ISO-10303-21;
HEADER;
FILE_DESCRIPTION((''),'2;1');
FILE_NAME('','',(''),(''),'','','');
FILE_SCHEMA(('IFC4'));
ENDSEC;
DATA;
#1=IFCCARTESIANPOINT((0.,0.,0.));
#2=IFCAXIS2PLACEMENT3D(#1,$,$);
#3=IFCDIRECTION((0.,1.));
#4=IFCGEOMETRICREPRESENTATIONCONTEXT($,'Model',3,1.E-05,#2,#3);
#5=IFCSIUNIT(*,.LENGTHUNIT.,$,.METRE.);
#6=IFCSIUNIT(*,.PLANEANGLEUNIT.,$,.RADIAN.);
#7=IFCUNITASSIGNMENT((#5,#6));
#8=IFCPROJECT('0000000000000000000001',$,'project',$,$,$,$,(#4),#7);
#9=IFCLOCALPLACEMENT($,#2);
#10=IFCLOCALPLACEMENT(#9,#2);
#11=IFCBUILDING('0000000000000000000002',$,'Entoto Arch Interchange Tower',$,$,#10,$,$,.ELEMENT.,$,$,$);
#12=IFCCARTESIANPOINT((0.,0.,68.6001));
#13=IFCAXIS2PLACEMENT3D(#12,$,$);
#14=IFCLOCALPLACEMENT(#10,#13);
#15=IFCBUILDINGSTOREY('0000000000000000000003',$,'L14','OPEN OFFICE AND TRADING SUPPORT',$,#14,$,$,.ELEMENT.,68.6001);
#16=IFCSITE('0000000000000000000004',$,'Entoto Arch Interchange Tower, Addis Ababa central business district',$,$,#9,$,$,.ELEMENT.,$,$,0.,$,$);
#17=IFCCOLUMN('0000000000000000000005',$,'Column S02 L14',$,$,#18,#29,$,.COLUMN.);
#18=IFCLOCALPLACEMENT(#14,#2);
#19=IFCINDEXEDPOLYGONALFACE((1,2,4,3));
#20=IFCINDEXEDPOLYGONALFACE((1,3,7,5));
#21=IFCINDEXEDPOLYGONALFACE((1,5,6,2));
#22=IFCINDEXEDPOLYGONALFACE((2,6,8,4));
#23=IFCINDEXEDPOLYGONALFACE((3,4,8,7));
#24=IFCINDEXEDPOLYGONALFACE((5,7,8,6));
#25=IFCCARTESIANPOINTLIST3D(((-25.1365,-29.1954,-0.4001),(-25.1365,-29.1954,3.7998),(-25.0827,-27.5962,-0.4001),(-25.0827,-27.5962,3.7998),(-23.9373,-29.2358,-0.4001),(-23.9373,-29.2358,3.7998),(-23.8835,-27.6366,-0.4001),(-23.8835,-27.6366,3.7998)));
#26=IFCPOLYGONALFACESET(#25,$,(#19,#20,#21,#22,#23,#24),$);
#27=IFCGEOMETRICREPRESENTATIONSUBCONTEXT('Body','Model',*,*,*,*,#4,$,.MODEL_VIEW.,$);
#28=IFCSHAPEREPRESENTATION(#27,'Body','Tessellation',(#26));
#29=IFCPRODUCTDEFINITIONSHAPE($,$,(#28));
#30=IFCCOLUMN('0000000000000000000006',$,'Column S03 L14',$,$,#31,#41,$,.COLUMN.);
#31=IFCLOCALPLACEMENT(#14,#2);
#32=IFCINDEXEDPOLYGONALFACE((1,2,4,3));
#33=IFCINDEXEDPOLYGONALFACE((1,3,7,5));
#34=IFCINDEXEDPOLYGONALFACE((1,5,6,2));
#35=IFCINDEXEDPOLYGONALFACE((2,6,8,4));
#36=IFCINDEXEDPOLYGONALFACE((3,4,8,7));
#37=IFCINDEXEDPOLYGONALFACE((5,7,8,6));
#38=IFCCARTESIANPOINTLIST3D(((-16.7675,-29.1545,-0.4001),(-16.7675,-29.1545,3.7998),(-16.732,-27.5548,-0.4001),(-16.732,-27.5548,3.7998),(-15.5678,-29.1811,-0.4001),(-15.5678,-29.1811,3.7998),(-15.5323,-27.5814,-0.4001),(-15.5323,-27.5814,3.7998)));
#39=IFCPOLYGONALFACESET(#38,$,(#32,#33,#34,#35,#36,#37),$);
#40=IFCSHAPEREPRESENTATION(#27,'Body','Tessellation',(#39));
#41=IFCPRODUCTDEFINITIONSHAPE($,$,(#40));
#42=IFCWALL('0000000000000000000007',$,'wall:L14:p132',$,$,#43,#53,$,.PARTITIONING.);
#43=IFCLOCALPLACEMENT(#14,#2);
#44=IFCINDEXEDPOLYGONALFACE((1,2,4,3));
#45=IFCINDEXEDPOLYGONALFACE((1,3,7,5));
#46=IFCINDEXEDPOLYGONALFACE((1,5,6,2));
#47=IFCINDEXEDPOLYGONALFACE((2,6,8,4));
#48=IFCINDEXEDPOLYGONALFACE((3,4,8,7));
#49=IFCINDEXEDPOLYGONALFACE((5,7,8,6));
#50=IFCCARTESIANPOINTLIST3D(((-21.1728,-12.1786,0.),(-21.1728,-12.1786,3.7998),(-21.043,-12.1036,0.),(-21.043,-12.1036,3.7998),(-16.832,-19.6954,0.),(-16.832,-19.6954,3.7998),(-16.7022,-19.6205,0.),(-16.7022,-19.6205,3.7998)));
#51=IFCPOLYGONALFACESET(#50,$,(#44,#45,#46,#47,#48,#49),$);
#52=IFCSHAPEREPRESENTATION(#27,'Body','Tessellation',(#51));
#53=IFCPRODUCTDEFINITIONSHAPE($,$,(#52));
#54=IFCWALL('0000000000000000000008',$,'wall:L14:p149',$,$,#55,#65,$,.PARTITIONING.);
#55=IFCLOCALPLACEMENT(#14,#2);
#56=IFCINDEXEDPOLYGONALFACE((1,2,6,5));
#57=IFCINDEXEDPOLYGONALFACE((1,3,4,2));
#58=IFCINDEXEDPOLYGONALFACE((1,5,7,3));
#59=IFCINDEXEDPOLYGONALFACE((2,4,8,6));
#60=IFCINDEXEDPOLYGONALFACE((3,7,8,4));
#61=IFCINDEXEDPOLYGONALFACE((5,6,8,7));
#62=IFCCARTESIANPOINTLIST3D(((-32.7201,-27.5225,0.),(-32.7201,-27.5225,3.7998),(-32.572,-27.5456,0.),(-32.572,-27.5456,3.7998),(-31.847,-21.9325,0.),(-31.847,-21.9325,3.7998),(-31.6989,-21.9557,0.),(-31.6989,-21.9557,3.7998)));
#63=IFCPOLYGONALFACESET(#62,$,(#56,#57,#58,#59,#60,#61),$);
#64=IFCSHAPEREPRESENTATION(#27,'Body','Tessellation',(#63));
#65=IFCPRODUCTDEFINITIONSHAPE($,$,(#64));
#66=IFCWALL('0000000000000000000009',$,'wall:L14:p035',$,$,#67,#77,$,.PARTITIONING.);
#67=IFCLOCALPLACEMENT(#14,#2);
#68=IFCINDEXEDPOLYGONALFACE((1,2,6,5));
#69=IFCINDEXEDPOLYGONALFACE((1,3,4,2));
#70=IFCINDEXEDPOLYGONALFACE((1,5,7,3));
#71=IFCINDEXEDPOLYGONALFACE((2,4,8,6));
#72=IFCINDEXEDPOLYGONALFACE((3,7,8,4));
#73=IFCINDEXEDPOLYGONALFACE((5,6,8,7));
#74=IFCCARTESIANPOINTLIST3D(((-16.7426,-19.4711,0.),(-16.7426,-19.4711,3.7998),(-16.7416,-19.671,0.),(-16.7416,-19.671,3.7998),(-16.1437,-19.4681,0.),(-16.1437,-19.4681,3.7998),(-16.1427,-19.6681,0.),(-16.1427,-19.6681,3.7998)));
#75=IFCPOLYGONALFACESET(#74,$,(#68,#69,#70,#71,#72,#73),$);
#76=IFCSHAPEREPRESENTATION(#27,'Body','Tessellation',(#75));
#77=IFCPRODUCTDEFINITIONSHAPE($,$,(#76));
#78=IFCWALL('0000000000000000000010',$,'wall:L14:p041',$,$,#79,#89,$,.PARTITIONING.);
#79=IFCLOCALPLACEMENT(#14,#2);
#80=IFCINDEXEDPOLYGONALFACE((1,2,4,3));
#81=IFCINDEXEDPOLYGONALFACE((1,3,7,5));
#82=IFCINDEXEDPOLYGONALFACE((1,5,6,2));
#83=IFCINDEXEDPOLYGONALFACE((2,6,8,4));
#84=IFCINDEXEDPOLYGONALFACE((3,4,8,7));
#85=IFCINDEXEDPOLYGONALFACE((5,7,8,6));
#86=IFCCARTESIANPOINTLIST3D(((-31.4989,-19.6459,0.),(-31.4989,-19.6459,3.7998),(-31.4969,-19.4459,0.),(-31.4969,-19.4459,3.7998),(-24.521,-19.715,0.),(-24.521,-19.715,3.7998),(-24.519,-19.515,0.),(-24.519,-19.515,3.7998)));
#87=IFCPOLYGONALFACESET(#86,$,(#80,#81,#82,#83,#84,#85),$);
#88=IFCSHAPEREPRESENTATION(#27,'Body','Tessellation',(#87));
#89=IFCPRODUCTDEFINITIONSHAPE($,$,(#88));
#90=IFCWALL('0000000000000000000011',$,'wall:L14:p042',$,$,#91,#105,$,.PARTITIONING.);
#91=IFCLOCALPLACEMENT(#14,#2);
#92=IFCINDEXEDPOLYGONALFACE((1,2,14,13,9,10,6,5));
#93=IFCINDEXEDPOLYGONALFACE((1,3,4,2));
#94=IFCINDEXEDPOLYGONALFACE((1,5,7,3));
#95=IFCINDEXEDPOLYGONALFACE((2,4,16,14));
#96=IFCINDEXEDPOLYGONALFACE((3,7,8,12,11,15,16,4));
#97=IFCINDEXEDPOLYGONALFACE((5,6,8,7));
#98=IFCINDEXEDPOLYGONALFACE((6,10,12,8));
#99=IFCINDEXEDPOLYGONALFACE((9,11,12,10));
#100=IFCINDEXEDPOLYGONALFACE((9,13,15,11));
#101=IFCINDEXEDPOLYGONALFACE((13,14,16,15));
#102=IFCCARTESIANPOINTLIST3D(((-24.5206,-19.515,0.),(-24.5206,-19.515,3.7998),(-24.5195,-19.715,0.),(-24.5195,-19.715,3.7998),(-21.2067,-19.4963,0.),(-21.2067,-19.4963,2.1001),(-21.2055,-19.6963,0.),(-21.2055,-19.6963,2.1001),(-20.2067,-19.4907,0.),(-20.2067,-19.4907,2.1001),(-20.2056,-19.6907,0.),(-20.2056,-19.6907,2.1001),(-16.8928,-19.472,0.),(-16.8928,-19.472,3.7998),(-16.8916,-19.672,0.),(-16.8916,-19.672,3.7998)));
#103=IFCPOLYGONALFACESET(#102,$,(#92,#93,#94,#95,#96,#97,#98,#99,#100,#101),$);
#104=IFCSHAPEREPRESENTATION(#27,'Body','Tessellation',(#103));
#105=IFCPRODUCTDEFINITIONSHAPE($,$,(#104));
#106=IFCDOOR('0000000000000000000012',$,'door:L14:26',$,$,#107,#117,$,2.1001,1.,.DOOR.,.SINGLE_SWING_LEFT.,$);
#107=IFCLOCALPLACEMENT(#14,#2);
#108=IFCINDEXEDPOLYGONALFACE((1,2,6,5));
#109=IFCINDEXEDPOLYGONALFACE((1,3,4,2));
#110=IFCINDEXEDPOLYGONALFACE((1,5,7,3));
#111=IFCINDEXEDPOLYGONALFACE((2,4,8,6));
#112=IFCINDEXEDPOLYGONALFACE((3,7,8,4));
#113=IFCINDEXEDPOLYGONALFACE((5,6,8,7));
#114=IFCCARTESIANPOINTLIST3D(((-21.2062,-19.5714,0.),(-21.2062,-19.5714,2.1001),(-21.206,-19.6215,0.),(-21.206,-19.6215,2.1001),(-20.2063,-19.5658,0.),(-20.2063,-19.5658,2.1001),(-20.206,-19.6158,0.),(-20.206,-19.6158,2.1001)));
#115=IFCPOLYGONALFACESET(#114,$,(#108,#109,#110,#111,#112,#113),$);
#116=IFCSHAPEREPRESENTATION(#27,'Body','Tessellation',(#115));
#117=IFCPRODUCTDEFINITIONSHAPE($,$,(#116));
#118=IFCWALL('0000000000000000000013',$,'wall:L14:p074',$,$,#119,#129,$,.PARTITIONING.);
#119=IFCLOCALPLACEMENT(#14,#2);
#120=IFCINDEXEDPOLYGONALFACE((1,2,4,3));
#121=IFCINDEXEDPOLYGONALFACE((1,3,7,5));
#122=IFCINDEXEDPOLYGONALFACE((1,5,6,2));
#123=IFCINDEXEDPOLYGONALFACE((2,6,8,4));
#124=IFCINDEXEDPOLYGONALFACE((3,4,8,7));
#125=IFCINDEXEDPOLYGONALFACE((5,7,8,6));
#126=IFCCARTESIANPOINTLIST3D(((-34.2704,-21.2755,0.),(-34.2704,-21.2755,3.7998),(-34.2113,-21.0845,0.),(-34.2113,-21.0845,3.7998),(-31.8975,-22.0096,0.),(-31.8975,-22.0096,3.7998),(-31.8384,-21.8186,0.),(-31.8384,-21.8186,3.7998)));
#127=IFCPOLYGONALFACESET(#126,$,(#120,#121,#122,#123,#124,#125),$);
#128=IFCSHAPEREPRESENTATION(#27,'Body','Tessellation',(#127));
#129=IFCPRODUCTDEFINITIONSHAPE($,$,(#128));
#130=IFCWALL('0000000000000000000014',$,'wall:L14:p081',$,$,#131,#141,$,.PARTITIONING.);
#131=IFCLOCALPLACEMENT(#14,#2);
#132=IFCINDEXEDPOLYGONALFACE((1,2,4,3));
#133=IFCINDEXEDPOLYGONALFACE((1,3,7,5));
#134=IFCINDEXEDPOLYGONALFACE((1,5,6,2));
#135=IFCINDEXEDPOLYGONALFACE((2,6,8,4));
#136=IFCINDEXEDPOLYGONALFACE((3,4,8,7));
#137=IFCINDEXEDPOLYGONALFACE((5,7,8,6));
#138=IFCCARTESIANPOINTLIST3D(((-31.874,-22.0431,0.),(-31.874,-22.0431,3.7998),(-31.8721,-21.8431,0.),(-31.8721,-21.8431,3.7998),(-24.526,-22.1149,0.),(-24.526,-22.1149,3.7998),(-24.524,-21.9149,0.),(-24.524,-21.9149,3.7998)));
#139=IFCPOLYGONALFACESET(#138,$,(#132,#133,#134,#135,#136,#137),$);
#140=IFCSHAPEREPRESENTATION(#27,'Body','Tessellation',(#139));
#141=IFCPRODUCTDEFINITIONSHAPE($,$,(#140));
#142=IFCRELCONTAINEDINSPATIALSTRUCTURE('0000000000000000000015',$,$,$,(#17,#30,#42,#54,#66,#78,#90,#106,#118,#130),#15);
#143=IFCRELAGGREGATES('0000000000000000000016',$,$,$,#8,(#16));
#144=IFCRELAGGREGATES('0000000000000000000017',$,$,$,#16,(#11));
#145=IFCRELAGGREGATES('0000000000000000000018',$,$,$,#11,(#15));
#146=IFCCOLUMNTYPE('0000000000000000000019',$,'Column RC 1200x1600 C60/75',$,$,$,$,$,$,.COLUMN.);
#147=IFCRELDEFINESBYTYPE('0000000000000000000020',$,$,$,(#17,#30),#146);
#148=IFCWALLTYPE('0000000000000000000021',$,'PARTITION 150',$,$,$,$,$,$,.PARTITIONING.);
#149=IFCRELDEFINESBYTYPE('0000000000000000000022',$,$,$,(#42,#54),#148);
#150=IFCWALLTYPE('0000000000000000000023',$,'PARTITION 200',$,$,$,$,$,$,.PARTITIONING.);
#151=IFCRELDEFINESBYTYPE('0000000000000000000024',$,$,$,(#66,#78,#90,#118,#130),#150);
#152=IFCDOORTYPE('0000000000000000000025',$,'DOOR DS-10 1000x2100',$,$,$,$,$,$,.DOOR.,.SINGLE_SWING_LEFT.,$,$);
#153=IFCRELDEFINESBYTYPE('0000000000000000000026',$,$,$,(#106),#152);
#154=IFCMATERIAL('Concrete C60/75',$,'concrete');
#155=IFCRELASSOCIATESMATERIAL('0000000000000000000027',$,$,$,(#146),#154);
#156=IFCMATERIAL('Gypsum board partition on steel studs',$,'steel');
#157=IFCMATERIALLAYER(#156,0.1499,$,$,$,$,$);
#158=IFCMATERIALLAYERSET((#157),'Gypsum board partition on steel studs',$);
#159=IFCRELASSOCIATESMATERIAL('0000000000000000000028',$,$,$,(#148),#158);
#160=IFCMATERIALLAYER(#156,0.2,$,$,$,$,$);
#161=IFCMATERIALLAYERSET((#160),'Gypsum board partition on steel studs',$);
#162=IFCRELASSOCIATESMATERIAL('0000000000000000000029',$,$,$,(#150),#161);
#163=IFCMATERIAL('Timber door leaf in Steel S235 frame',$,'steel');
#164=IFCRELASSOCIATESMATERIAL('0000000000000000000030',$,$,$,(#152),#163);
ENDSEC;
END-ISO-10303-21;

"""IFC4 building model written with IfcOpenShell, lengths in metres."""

from ifc_helpers import new_model, si_unit, direction, frame, frame_2d, origin, origin_2d, place, context, subcontext, project, spatial, rectangle, extrude, material, layer, layer_set, material_profile, profile_set, type_object, element, fill, save


model = new_model("IFC4")

# Units and contexts
model_context = context("Model", 3, precision=1e-05, world=origin(), true_north=direction((0.0, 1.0)))
body_context = subcontext(model_context, "Body", "Model", "MODEL_VIEW")
ifc_project = project(units=[si_unit("LENGTHUNIT", "METRE"), si_unit("PLANEANGLEUNIT", "RADIAN")], contexts=[model_context])

# Site, building, storey
site_placement = place(None, origin())
site = spatial("IfcSite", under=ifc_project, at=site_placement, Name="Entoto Arch Interchange Tower, Addis Ababa central business district", CompositionType="ELEMENT", RefElevation=0.0)
building_placement = place(site_placement, origin())
building = spatial("IfcBuilding", under=site, at=building_placement, Name="Entoto Arch Interchange Tower", CompositionType="ELEMENT")
storey_placement = place(building_placement, frame((0.0, 0.0, 68.6001)))
storey = spatial("IfcBuildingStorey", under=building, at=storey_placement, Name="L14", Description="OPEN OFFICE AND TRADING SUPPORT", CompositionType="ELEMENT", Elevation=68.6001)

# Columns
ifc_material_1 = material(Name="Concrete C60/75", Category="concrete")
ifc_material_profile = material_profile(ifc_material_1, rectangle(XDim=1.2, YDim=1.6001, at=origin_2d()))
ifc_profile_set = profile_set([ifc_material_profile], Name="Concrete C60/75")
column_type = type_object("IfcColumnType", Name="Column RC 1200x1600 C60/75", PredefinedType="COLUMN", material=ifc_profile_set)
for number, where, z_axis, x_axis, name in (
    (1, (-24.51, -28.416, -0.4001), (0.0, 0.0, 1.0), (-0.999434, 0.033626, 0.0), "Column S02 L14"),
    (2, (-16.1499, -28.3679, -0.4001), (0.0, 0.0, 1.0), (-0.999754, 0.022164, 0.0), "Column S03 L14"),
):
    element("IfcColumn", number, at=place(storey_placement, frame(where, z_axis=z_axis, x_axis=x_axis)), inside=storey, type_object=column_type, Name=name, PredefinedType="COLUMN", context=body_context, shape_type="SweptSolid", body=[
        extrude(rectangle(XDim=1.2, YDim=1.6001, at=origin_2d()), origin(), (0.0, 0.0, 1.0), 4.2),
    ])

# Walls
ifc_material_2 = material(Name="Gypsum board partition on steel studs", Category="steel")
ifc_layer_1 = layer(ifc_material_2, 0.1499)
ifc_layer_set_1 = layer_set([ifc_layer_1], Name="Gypsum board partition on steel studs")
wall_type_1 = type_object("IfcWallType", Name="PARTITION 150", PredefinedType="PARTITIONING", material=ifc_layer_set_1)
wall_1_placement = place(storey_placement, frame((-16.7671, -19.658, 0.0), z_axis=(0.0, 0.0, 1.0), x_axis=(-0.500084, 0.865977, 0.0)))
element("IfcWall", 3, at=wall_1_placement, inside=storey, type_object=wall_type_1, Name="wall:L14:p132", PredefinedType="PARTITIONING", context=body_context, shape_type="SweptSolid", body=[
    extrude(rectangle(XDim=8.6802, YDim=0.1499, at=frame_2d((4.3401, 0.0))), origin(), (0.0, 0.0, 1.0), 3.7998),
])
wall_2_placement = place(storey_placement, frame((-31.7729, -21.9441, 0.0), z_axis=(0.0, 0.0, 1.0), x_axis=(-0.154314, -0.988022, 0.0)))
element("IfcWall", 4, at=wall_2_placement, inside=storey, type_object=wall_type_1, Name="wall:L14:p149", PredefinedType="PARTITIONING", context=body_context, shape_type="SweptSolid", body=[
    extrude(rectangle(XDim=5.6577, YDim=0.1499, at=frame_2d((2.8289, 0.0))), origin(), (0.0, 0.0, 1.0), 3.7998),
])
ifc_layer_2 = layer(ifc_material_2, 0.2)
ifc_layer_set_2 = layer_set([ifc_layer_2], Name="Gypsum board partition on steel studs")
wall_type_2 = type_object("IfcWallType", Name="PARTITION 200", PredefinedType="PARTITIONING", material=ifc_layer_set_2)
wall_3_placement = place(storey_placement, frame((-16.7419, -19.571, 0.0), z_axis=(0.0, 0.0, 1.0), x_axis=(0.999988, 0.004892, 0.0)))
element("IfcWall", 5, at=wall_3_placement, inside=storey, type_object=wall_type_2, Name="wall:L14:p035", PredefinedType="PARTITIONING", context=body_context, shape_type="SweptSolid", body=[
    extrude(rectangle(XDim=0.5989, YDim=0.2, at=frame_2d((0.2993, 0.0))), origin(), (0.0, 0.0, 1.0), 3.7998),
])
wall_4_placement = place(storey_placement, frame((-31.498, -19.5459, 0.0), z_axis=(0.0, 0.0, 1.0), x_axis=(0.999951, -0.009901, 0.0)))
element("IfcWall", 6, at=wall_4_placement, inside=storey, type_object=wall_type_2, Name="wall:L14:p041", PredefinedType="PARTITIONING", context=body_context, shape_type="SweptSolid", body=[
    extrude(rectangle(XDim=6.9783, YDim=0.2, at=frame_2d((3.4893, 0.0))), origin(), (0.0, 0.0, 1.0), 3.7998),
])

# Wall, opening, door
wall_5_placement = place(storey_placement, frame((-24.52, -19.615, 0.0), z_axis=(0.0, 0.0, 1.0), x_axis=(0.999984, 0.005633, 0.0)))
wall_5 = element("IfcWall", 7, at=wall_5_placement, inside=storey, type_object=wall_type_2, Name="wall:L14:p042", PredefinedType="PARTITIONING", context=body_context, shape_type="SweptSolid", body=[
    extrude(rectangle(XDim=7.6279, YDim=0.2, at=frame_2d((3.814, 0.0))), origin(), (0.0, 0.0, 1.0), 3.7998),
])
opening_1_placement = place(wall_5_placement, frame((3.314, 0.0, 0.0)))
opening_1 = element("IfcOpeningElement", 8, at=opening_1_placement, cuts=wall_5, PredefinedType="OPENING", context=body_context, shape_type="SweptSolid", body=[
    extrude(rectangle(XDim=1.0, YDim=2.1001, at=frame_2d((0.5, 1.05))), frame((0.0, 0.1099, 0.0), z_axis=(0.0, -1.0, 0.0), x_axis=(1.0, 0.0, 0.0)), (0.0, 0.0, 1.0), 0.22),
])
ifc_material_3 = material(Name="Timber door leaf in Steel S235 frame", Category="steel")
door_type = type_object("IfcDoorType", Name="DOOR DS-10 1000x2100", OperationType="SINGLE_SWING_LEFT", PredefinedType="DOOR", material=ifc_material_3)
door_placement = place(opening_1_placement, origin())
door = element("IfcDoor", 9, at=door_placement, inside=storey, type_object=door_type, Name="door:L14:26", OperationType="SINGLE_SWING_LEFT", OverallHeight=2.1001, OverallWidth=1.0, PredefinedType="DOOR", context=body_context, shape_type="SweptSolid", body=[
    extrude(rectangle(XDim=1.0, YDim=2.1001, at=frame_2d((0.5, 1.05))), frame((0.0, 0.0249, 0.0), z_axis=(0.0, -1.0, 0.0), x_axis=(1.0, 0.0, 0.0)), (0.0, 0.0, 1.0), 0.05),
])
fill(opening_1, door)

# Walls
wall_6_placement = place(storey_placement, frame((-31.8679, -21.9141, 0.0), z_axis=(0.0, 0.0, 1.0), x_axis=(-0.95533, 0.295543, 0.0)))
element("IfcWall", 10, at=wall_6_placement, inside=storey, type_object=wall_type_2, Name="wall:L14:p074", PredefinedType="PARTITIONING", context=body_context, shape_type="SweptSolid", body=[
    extrude(rectangle(XDim=2.4839, YDim=0.2, at=frame_2d((1.2419, 0.0))), origin(), (0.0, 0.0, 1.0), 3.7998),
])
wall_7_placement = place(storey_placement, frame((-24.5249, -22.0149, 0.0), z_axis=(0.0, 0.0, 1.0), x_axis=(-0.999952, 0.009768, 0.0)))
element("IfcWall", 11, at=wall_7_placement, inside=storey, type_object=wall_type_2, Name="wall:L14:p081", PredefinedType="PARTITIONING", context=body_context, shape_type="SweptSolid", body=[
    extrude(rectangle(XDim=7.3484, YDim=0.2, at=frame_2d((3.6743, 0.0))), origin(), (0.0, 0.0, 1.0), 3.7998),
])

save(model, "model.ifc")
